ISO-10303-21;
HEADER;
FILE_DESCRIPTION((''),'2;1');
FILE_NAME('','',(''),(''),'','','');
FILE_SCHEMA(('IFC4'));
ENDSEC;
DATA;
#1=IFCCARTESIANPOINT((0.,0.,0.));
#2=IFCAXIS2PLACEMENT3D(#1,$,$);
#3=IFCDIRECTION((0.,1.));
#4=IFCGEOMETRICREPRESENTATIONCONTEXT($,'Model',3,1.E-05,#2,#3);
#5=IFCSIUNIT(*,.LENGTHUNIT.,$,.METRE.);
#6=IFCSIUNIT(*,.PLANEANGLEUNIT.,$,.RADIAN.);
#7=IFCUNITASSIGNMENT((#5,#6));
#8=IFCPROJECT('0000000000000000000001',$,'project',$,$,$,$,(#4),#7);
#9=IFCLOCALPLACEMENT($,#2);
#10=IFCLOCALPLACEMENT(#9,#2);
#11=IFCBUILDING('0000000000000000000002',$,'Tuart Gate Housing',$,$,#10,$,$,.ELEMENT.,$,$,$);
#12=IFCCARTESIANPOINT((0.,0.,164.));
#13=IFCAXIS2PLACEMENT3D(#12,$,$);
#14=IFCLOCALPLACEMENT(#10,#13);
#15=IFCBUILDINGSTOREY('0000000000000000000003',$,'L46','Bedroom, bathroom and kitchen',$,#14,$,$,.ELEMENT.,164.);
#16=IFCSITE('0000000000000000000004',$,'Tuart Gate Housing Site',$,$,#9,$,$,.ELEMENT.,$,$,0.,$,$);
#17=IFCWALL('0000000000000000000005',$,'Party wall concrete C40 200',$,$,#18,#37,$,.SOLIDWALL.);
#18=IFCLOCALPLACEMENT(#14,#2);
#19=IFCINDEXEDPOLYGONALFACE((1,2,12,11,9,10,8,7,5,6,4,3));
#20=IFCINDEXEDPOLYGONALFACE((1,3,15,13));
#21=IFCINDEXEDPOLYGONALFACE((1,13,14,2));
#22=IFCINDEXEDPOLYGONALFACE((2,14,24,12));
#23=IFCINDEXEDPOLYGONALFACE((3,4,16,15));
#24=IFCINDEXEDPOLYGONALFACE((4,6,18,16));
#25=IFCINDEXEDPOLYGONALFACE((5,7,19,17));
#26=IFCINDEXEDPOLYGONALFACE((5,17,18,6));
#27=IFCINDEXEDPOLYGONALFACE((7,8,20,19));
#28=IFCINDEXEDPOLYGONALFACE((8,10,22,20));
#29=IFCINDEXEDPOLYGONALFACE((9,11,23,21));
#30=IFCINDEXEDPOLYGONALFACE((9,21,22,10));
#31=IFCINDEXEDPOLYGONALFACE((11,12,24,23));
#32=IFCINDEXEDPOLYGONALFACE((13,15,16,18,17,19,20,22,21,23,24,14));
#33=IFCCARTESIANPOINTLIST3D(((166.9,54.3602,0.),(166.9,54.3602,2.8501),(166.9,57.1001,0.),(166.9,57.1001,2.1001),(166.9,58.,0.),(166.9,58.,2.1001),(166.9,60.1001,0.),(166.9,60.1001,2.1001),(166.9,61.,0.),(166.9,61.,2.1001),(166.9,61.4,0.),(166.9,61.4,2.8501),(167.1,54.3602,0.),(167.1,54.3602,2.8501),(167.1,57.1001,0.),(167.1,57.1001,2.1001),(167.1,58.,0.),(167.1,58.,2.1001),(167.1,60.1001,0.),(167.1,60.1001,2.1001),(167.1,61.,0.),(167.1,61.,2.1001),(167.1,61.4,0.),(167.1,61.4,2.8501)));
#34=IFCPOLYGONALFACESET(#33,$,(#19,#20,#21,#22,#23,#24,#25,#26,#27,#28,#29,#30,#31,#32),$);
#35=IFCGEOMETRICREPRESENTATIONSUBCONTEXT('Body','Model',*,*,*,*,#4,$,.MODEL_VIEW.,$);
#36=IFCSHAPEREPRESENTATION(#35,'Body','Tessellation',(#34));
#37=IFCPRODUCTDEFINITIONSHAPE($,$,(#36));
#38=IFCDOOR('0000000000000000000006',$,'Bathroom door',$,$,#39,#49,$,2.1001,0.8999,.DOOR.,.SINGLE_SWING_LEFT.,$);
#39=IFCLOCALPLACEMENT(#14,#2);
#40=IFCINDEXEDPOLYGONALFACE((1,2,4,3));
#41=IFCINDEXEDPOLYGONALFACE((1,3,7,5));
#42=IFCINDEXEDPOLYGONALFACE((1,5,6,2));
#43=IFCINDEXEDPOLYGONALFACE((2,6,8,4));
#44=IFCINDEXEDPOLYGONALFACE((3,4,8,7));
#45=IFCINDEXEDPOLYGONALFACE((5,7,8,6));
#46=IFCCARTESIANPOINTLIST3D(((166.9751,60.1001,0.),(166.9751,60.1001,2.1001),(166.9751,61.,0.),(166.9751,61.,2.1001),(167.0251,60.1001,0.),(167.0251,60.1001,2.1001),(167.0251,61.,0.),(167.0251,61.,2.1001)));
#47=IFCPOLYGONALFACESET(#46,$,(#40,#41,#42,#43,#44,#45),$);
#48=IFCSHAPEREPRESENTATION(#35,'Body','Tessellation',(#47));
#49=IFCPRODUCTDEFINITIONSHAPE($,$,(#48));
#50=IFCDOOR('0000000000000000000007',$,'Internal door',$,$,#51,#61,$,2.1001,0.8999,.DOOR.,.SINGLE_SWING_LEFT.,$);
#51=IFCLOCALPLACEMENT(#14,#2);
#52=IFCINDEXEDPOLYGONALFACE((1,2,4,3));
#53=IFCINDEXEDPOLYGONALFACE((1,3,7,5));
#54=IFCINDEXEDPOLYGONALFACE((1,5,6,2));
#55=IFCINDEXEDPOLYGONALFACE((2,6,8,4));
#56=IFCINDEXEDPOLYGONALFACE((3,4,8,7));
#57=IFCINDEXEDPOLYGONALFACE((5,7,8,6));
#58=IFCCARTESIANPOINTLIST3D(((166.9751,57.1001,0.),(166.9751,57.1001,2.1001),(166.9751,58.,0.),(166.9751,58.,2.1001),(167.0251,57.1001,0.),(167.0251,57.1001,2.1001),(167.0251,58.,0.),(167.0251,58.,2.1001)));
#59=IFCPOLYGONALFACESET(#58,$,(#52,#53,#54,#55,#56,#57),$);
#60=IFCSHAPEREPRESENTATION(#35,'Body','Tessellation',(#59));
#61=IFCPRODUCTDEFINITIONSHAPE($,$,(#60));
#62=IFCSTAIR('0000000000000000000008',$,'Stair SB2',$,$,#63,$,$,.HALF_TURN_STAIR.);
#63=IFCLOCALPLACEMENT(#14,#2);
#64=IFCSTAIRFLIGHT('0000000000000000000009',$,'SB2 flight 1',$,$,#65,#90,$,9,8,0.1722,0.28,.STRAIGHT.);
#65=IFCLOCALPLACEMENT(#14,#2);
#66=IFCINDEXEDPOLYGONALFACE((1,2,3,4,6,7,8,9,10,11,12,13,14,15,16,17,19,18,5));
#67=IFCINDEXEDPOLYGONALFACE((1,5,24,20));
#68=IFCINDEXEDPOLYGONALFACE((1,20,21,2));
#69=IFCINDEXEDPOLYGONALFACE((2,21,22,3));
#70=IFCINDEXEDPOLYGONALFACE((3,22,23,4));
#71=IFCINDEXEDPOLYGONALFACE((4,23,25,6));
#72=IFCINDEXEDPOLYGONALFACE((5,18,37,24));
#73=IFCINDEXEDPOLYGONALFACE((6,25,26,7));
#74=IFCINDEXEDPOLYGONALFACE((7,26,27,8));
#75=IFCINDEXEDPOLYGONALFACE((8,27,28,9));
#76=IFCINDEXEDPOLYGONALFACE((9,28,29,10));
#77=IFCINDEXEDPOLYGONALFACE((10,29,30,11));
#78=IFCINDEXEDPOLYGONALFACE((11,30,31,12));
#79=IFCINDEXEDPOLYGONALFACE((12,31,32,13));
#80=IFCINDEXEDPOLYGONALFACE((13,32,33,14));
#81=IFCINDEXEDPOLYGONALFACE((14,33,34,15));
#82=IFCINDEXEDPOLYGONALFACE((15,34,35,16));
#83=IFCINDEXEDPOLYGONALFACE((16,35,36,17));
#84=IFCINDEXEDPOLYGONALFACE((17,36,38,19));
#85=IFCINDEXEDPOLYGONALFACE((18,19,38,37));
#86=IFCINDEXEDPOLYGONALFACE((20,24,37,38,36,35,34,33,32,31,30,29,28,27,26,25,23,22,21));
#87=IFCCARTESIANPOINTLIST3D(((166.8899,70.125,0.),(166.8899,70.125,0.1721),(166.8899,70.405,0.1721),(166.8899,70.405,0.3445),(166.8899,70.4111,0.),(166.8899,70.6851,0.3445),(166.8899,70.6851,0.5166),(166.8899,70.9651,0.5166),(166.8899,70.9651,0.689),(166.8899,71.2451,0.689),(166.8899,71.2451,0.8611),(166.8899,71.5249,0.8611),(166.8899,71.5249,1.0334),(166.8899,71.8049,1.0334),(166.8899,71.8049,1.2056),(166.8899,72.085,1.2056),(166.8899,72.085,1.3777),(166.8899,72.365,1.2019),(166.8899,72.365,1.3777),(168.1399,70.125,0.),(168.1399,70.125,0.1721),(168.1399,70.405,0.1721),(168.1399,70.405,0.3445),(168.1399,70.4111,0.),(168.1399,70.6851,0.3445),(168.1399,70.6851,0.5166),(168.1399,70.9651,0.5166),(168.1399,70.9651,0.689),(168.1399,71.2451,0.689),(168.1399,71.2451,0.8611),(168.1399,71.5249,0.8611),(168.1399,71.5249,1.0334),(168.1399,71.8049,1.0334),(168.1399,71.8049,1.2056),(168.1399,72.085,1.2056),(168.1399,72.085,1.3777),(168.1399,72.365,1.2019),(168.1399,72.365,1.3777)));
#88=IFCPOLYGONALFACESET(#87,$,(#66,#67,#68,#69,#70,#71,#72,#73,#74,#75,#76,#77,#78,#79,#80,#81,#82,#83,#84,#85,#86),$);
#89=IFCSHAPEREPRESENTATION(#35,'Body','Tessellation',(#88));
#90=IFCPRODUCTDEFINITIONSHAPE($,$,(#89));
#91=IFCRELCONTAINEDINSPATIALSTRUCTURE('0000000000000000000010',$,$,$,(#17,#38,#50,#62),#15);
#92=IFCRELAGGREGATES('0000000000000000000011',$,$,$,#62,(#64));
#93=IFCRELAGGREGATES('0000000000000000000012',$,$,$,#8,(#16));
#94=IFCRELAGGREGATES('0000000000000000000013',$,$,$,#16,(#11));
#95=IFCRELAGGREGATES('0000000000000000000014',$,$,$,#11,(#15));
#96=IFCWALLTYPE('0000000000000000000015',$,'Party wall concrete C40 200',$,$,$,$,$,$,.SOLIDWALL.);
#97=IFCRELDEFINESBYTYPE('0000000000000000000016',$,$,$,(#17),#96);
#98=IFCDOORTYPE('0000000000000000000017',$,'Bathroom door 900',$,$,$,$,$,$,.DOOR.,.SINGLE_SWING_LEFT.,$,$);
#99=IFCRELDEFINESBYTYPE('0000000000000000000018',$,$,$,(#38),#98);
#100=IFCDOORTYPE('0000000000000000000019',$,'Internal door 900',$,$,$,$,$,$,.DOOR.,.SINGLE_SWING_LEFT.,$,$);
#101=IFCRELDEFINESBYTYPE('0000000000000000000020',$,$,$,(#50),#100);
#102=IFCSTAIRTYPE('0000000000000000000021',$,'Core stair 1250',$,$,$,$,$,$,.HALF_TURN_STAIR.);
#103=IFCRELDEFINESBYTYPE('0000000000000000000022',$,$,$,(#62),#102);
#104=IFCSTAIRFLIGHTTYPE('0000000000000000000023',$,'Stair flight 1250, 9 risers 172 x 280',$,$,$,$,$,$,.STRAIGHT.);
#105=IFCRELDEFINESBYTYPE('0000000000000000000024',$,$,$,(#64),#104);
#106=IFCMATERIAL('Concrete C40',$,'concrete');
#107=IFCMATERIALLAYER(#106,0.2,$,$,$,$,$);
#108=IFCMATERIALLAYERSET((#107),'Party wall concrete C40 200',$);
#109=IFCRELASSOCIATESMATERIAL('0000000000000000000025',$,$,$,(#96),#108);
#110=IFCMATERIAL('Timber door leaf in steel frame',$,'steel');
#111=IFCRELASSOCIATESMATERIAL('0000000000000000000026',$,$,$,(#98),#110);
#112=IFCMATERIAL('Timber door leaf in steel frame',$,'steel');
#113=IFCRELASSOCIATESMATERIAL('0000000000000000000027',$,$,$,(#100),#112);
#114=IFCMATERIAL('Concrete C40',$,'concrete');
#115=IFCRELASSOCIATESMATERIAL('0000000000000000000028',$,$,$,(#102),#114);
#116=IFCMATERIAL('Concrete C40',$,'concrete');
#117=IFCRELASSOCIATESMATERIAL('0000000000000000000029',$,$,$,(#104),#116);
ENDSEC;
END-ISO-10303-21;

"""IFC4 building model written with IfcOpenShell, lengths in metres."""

from ifc_helpers import new_model, si_unit, direction, frame, frame_2d, origin, place, context, subcontext, project, spatial, polyline, rectangle, outline, extrude, material, layer, layer_set, type_object, element, fill, aggregate, save


model = new_model("IFC4")

# Units and contexts
model_context = context("Model", 3, precision=1e-05, world=origin(), true_north=direction((0.0, 1.0)))
body_context = subcontext(model_context, "Body", "Model", "MODEL_VIEW")
ifc_project = project(units=[si_unit("LENGTHUNIT", "METRE"), si_unit("PLANEANGLEUNIT", "RADIAN")], contexts=[model_context])

# Site, building, storey
site_placement = place(None, origin())
site = spatial("IfcSite", under=ifc_project, at=site_placement, Name="Tuart Gate Housing Site", CompositionType="ELEMENT", RefElevation=0.0)
building_placement = place(site_placement, origin())
building = spatial("IfcBuilding", under=site, at=building_placement, Name="Tuart Gate Housing", CompositionType="ELEMENT")
storey_placement = place(building_placement, frame((0.0, 0.0, 164.0)))
storey = spatial("IfcBuildingStorey", under=building, at=storey_placement, Name="L46", Description="Bedroom, bathroom and kitchen", CompositionType="ELEMENT", Elevation=164.0)

# Shared definitions
ifc_material_1 = material(Name="Concrete C40", Category="concrete")
ifc_layer_1 = layer(ifc_material_1, 0.2)
ifc_layer_set_1 = layer_set([ifc_layer_1], Name="Party wall concrete C40 200")
wall_type_1 = type_object("IfcWallType", Name="Party wall concrete C40 200", PredefinedType="SOLIDWALL", material=ifc_layer_set_1)

# Wall, openings, doors
wall_1_placement = place(storey_placement, frame((167.0, 54.3601, 0.0), z_axis=(0.0, 0.0, 1.0), x_axis=(0.0, 1.0, 0.0)))
wall_1 = element("IfcWall", 1, at=wall_1_placement, inside=storey, type_object=wall_type_1, Name="Party wall concrete C40 200", PredefinedType="SOLIDWALL", context=body_context, shape_type="SweptSolid", body=[
    extrude(rectangle(XDim=7.0398, YDim=0.2, at=frame_2d((3.52, 0.0))), origin(), (0.0, 0.0, 1.0), 2.8501),
])
opening_1_placement = place(wall_1_placement, frame((2.74, 0.0, 0.0)))
opening_1 = element("IfcOpeningElement", 2, at=opening_1_placement, cuts=wall_1, PredefinedType="OPENING", context=body_context, shape_type="SweptSolid", body=[
    extrude(rectangle(XDim=0.8999, YDim=2.1001, at=frame_2d((0.45, 1.05))), frame((0.0, 0.1099, 0.0), z_axis=(0.0, -1.0, 0.0), x_axis=(1.0, 0.0, 0.0)), (0.0, 0.0, 1.0), 0.22),
])
opening_2_placement = place(wall_1_placement, frame((5.74, 0.0, 0.0)))
opening_2 = element("IfcOpeningElement", 3, at=opening_2_placement, cuts=wall_1, PredefinedType="OPENING", context=body_context, shape_type="SweptSolid", body=[
    extrude(rectangle(XDim=0.8999, YDim=2.1001, at=frame_2d((0.45, 1.05))), frame((0.0, 0.1099, 0.0), z_axis=(0.0, -1.0, 0.0), x_axis=(1.0, 0.0, 0.0)), (0.0, 0.0, 1.0), 0.22),
])
ifc_material_2 = material(Name="Timber door leaf in steel frame", Category="steel")
door_type_1 = type_object("IfcDoorType", Name="Bathroom door 900", OperationType="SINGLE_SWING_LEFT", PredefinedType="DOOR", material=ifc_material_2)
door_1_placement = place(opening_2_placement, frame((0.8999, 0.0, 0.0), z_axis=(0.0, 0.0, 1.0), x_axis=(-1.0, 0.0, 0.0)))
door_1 = element("IfcDoor", 4, at=door_1_placement, inside=storey, type_object=door_type_1, Name="Bathroom door", OperationType="SINGLE_SWING_LEFT", OverallHeight=2.1001, OverallWidth=0.8999, PredefinedType="DOOR", context=body_context, shape_type="SweptSolid", body=[
    extrude(rectangle(XDim=0.8999, YDim=2.1001, at=frame_2d((0.45, 1.05))), frame((0.0, 0.0251, 0.0), z_axis=(0.0, -1.0, 0.0), x_axis=(1.0, 0.0, 0.0)), (0.0, 0.0, 1.0), 0.05),
])
fill(opening_2, door_1)
ifc_material_3 = material(Name="Timber door leaf in steel frame", Category="steel")
door_type_2 = type_object("IfcDoorType", Name="Internal door 900", OperationType="SINGLE_SWING_LEFT", PredefinedType="DOOR", material=ifc_material_3)
door_2_placement = place(opening_1_placement, frame((0.8999, 0.0, 0.0), z_axis=(0.0, 0.0, 1.0), x_axis=(-1.0, 0.0, 0.0)))
door_2 = element("IfcDoor", 5, at=door_2_placement, inside=storey, type_object=door_type_2, Name="Internal door", OperationType="SINGLE_SWING_LEFT", OverallHeight=2.1001, OverallWidth=0.8999, PredefinedType="DOOR", context=body_context, shape_type="SweptSolid", body=[
    extrude(rectangle(XDim=0.8999, YDim=2.1001, at=frame_2d((0.45, 1.05))), frame((0.0, 0.0251, 0.0), z_axis=(0.0, -1.0, 0.0), x_axis=(1.0, 0.0, 0.0)), (0.0, 0.0, 1.0), 0.05),
])
fill(opening_1, door_2)

# Stair, stair flight
ifc_material_4 = material(Name="Concrete C40", Category="concrete")
stair_type = type_object("IfcStairType", Name="Core stair 1250", PredefinedType="HALF_TURN_STAIR", material=ifc_material_4)
stair_placement = place(storey_placement, origin())
stair = element("IfcStair", 6, at=stair_placement, inside=storey, type_object=stair_type, Name="Stair SB2", PredefinedType="HALF_TURN_STAIR")
ifc_material_5 = material(Name="Concrete C40", Category="concrete")
stair_flight_type = type_object("IfcStairFlightType", Name="Stair flight 1250, 9 risers 172 x 280", PredefinedType="STRAIGHT", material=ifc_material_5)
stair_flight_placement = place(storey_placement, frame((167.5149, 70.125, 0.0), z_axis=(0.0, 0.0, 1.0), x_axis=(0.0, 1.0, 0.0)))
stair_flight = element("IfcStairFlight", 7, at=stair_flight_placement, type_object=stair_flight_type, Name="SB2 flight 1", NumberOfRisers=9, NumberOfTreads=8, PredefinedType="STRAIGHT", RiserHeight=0.1722, TreadLength=0.28, context=body_context, shape_type="SweptSolid", body=[
    extrude(outline(polyline([(0.0, 0.0), (0.0, 0.1721), (0.28, 0.1721), (0.28, 0.3445), (0.5601, 0.3445), (0.5601, 0.5166), (0.8401, 0.5166), (0.8401, 0.689), (1.1201, 0.689), (1.1201, 0.8611), (1.3999, 0.8611), (1.3999, 1.0334), (1.6799, 1.0334), (1.6799, 1.2056), (1.96, 1.2056), (1.96, 1.3777), (2.24, 1.3777), (2.24, 1.55), (2.24, 1.2019), (0.2861, 0.0), (0.0, 0.0)])), frame((0.0, 0.625, 0.0), z_axis=(0.0, -1.0, 0.0), x_axis=(1.0, 0.0, 0.0)), (0.0, 0.0, 1.0), 1.25),
])
aggregate(stair, [stair_flight])

save(model, "model.ifc")
